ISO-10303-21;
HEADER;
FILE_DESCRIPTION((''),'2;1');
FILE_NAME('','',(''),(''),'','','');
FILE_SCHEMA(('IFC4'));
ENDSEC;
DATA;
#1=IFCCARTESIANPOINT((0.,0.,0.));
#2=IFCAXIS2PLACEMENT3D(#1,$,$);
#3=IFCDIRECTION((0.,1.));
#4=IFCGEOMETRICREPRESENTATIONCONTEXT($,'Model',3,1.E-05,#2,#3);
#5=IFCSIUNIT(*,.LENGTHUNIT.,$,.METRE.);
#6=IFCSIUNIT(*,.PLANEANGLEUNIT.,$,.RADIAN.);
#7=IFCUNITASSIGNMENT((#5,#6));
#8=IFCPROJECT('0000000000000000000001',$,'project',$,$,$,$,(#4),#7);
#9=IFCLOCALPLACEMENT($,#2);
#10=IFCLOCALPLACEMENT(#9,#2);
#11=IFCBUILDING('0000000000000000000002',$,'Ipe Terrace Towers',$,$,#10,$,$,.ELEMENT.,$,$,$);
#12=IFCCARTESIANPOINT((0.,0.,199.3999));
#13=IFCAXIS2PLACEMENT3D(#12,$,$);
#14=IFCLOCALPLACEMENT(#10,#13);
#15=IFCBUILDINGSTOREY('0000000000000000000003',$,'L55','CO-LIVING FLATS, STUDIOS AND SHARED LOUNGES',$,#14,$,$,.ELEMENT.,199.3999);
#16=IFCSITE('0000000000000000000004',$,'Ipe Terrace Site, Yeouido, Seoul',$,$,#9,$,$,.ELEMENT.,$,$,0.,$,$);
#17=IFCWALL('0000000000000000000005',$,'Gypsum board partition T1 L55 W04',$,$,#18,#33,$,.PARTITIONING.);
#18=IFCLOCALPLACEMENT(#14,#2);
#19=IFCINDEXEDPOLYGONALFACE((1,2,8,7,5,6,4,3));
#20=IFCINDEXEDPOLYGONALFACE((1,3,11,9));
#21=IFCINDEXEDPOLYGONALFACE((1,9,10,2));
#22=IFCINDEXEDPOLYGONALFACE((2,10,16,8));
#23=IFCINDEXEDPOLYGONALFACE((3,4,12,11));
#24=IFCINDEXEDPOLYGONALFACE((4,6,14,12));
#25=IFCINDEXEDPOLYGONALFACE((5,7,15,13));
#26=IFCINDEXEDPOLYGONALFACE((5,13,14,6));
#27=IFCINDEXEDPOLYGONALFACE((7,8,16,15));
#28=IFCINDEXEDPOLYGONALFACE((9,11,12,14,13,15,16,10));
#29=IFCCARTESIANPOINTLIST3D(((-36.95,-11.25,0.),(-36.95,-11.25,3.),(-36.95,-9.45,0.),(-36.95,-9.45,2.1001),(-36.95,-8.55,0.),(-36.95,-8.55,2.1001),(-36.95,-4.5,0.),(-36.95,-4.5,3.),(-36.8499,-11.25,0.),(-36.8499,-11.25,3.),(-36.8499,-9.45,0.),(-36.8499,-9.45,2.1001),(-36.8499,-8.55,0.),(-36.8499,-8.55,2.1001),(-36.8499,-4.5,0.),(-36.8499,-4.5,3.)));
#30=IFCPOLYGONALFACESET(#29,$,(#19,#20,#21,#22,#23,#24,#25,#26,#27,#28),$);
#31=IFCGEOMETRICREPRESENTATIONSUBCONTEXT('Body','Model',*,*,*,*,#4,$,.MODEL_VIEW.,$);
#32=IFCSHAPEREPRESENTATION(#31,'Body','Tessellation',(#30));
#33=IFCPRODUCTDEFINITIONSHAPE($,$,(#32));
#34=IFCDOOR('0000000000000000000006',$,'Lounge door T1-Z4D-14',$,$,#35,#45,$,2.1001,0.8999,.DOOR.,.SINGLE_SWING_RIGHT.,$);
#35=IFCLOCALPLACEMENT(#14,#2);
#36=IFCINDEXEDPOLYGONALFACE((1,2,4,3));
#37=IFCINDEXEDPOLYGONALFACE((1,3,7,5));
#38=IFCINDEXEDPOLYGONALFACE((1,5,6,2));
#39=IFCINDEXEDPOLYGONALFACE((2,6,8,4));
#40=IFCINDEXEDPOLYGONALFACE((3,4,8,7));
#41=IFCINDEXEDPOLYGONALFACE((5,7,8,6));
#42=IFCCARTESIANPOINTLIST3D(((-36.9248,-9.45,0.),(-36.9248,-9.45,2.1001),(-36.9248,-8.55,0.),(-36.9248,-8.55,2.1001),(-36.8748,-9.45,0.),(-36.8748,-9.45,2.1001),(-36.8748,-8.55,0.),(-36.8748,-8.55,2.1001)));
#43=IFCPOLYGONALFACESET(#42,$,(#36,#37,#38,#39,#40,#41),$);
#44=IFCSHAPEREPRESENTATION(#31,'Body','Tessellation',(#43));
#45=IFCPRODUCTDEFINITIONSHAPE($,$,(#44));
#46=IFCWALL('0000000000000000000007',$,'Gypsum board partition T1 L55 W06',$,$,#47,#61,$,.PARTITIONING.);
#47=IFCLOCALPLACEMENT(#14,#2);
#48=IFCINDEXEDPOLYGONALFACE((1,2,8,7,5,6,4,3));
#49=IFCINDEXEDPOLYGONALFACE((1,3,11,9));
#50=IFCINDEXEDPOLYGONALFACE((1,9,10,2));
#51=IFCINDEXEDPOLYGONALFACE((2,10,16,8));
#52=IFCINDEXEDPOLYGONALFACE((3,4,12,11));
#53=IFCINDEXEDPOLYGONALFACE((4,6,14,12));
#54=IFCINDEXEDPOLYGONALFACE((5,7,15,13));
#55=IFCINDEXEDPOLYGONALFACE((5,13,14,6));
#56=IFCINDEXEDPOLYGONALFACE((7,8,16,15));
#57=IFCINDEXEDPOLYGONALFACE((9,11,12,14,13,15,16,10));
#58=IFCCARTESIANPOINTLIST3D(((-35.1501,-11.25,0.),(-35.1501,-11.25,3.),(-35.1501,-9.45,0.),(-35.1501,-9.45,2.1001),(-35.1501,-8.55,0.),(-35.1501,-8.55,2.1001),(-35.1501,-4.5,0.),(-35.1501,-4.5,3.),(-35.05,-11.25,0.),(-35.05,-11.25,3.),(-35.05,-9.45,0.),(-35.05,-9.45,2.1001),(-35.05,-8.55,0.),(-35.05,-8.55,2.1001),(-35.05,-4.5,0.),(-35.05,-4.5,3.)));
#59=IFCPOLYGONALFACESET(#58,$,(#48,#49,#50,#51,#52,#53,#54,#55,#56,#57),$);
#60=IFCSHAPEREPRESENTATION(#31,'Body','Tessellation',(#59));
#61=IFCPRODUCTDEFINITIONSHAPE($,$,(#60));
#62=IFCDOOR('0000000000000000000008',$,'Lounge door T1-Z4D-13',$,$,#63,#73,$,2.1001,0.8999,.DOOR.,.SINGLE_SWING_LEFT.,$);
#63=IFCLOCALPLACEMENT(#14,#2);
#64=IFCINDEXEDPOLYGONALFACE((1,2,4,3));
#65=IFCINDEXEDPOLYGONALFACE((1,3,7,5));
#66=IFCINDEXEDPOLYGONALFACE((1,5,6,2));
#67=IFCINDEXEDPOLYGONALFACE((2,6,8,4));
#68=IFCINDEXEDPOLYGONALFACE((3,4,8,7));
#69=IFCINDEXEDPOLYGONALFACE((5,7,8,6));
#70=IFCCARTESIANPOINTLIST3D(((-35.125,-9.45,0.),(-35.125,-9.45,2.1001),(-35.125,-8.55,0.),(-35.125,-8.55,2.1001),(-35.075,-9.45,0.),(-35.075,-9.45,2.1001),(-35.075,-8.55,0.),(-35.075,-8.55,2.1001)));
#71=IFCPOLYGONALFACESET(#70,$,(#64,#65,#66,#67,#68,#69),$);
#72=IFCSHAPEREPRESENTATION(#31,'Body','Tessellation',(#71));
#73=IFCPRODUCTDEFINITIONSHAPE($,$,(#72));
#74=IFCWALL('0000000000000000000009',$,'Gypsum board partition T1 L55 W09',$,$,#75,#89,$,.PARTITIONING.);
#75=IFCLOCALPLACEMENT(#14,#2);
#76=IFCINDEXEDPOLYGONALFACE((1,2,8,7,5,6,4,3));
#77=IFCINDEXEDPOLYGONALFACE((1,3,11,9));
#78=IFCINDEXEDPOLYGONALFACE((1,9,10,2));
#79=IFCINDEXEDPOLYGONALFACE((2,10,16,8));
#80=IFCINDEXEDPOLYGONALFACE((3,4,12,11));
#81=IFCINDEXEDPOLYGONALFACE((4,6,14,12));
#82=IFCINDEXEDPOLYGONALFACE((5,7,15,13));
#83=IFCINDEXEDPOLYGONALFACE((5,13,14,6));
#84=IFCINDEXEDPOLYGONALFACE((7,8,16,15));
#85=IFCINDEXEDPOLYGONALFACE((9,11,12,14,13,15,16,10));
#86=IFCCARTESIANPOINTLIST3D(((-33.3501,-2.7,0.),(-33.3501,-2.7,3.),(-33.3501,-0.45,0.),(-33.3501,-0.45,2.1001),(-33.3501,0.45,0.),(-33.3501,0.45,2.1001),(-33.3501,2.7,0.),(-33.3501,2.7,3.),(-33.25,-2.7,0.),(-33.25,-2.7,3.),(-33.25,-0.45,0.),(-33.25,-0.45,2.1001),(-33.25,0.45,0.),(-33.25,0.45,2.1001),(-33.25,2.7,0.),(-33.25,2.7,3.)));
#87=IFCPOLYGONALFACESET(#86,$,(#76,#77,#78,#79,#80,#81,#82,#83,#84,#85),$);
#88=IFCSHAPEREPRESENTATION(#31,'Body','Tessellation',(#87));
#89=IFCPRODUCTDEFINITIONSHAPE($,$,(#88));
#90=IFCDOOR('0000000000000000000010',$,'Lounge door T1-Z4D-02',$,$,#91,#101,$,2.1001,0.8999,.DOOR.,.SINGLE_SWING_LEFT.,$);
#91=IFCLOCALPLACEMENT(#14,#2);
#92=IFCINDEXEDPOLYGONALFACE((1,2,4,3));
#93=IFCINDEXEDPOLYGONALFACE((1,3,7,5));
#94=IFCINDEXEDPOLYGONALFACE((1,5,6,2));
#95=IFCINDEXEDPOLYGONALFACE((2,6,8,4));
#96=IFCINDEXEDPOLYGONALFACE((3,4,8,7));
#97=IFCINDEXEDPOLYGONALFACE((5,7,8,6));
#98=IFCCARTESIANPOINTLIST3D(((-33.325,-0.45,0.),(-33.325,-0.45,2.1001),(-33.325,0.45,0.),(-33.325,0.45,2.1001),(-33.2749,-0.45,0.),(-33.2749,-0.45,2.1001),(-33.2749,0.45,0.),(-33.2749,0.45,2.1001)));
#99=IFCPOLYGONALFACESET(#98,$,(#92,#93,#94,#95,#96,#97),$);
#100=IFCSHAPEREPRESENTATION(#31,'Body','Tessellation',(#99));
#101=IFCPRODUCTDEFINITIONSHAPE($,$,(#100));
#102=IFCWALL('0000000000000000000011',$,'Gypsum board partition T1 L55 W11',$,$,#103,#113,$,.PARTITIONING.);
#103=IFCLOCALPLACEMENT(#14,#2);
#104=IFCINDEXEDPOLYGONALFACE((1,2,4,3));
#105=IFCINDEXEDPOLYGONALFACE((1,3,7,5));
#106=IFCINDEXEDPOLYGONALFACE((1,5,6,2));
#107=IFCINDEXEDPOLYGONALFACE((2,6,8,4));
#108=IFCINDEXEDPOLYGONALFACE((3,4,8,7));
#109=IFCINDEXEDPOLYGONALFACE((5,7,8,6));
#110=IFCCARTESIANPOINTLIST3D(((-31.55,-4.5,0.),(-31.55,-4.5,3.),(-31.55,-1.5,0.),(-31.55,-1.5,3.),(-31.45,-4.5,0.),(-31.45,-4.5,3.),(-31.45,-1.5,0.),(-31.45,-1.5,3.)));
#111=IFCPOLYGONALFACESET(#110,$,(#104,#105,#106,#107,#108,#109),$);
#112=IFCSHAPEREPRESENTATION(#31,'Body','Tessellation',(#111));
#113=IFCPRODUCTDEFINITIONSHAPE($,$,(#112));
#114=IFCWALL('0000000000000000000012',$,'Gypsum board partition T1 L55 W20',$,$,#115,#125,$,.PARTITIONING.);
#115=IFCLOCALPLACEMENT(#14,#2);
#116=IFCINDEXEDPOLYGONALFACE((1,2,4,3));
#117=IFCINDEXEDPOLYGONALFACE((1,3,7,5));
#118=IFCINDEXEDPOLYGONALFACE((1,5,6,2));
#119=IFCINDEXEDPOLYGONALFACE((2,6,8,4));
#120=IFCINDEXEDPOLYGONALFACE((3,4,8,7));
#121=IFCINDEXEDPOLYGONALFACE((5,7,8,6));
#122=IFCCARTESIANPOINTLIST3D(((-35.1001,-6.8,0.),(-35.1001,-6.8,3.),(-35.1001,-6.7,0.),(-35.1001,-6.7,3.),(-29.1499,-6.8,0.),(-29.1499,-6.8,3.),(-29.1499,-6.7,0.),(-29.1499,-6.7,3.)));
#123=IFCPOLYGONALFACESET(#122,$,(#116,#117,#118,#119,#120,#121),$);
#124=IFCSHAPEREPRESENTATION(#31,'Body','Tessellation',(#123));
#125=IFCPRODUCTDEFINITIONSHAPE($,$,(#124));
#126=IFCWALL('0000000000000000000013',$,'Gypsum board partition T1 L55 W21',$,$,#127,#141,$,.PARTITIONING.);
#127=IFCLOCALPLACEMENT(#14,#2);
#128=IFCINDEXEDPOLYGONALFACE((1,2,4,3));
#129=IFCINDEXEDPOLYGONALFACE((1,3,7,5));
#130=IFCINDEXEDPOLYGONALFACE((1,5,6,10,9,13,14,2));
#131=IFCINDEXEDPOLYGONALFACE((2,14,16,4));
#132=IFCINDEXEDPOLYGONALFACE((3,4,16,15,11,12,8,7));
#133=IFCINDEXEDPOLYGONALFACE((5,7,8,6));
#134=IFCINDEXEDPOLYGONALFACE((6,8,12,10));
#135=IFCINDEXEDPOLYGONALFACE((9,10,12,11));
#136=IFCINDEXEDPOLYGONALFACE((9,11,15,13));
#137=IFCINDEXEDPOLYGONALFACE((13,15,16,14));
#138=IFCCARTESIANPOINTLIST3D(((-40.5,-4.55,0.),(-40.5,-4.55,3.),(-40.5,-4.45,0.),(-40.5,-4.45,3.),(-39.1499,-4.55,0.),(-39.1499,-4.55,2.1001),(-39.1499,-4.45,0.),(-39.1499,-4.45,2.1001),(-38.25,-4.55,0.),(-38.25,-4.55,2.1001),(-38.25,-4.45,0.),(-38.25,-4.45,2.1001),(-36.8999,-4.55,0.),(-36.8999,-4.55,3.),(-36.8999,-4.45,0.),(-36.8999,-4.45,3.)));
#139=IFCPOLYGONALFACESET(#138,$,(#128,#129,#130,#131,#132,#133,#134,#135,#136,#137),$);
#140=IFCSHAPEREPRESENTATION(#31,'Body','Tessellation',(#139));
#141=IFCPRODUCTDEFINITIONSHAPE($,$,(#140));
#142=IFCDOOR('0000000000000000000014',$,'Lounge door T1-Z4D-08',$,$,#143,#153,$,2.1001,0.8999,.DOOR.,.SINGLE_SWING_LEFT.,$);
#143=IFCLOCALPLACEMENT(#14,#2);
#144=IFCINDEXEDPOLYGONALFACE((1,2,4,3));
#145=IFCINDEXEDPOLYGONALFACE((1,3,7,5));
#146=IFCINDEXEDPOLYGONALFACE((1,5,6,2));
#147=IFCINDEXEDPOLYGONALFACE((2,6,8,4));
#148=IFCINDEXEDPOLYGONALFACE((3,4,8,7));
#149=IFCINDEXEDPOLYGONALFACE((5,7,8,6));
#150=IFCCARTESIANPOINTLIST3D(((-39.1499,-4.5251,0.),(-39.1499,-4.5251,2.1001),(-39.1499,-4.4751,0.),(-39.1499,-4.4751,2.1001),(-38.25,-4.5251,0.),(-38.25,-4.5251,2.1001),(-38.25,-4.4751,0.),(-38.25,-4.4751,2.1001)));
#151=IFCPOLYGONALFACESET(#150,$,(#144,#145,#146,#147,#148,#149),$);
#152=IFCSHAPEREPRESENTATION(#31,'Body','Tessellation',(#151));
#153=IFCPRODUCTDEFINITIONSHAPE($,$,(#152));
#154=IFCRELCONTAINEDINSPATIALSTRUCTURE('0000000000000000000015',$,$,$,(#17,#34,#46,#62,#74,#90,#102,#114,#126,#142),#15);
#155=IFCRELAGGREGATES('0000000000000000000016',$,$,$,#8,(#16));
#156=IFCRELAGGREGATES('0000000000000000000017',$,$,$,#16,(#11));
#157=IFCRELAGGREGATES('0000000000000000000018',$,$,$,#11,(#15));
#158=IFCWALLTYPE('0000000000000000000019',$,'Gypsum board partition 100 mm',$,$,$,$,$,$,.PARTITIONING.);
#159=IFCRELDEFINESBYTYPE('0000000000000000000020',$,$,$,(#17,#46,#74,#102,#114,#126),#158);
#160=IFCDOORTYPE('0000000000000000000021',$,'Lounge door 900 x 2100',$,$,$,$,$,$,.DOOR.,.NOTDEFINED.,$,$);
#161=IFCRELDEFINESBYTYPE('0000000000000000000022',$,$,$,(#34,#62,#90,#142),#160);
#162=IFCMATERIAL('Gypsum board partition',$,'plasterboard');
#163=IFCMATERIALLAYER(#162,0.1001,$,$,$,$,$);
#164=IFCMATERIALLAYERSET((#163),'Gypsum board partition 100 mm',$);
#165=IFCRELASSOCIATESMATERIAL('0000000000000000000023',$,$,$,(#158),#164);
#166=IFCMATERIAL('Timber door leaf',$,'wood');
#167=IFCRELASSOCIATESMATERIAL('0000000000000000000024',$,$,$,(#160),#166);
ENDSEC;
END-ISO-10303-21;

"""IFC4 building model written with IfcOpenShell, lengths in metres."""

from ifc_helpers import new_model, si_unit, direction, frame, frame_2d, origin, place, context, subcontext, project, spatial, rectangle, extrude, material, layer, layer_set, type_object, element, fill, save


model = new_model("IFC4")

# Units and contexts
model_context = context("Model", 3, precision=1e-05, world=origin(), true_north=direction((0.0, 1.0)))
body_context = subcontext(model_context, "Body", "Model", "MODEL_VIEW")
ifc_project = project(units=[si_unit("LENGTHUNIT", "METRE"), si_unit("PLANEANGLEUNIT", "RADIAN")], contexts=[model_context])

# Site, building, storey
site_placement = place(None, origin())
site = spatial("IfcSite", under=ifc_project, at=site_placement, Name="Ipe Terrace Site, Yeouido, Seoul", CompositionType="ELEMENT", RefElevation=0.0)
building_placement = place(site_placement, origin())
building = spatial("IfcBuilding", under=site, at=building_placement, Name="Ipe Terrace Towers", CompositionType="ELEMENT")
storey_placement = place(building_placement, frame((0.0, 0.0, 199.3999)))
storey = spatial("IfcBuildingStorey", under=building, at=storey_placement, Name="L55", Description="CO-LIVING FLATS, STUDIOS AND SHARED LOUNGES", CompositionType="ELEMENT", Elevation=199.3999)

# Shared definitions
ifc_material_1 = material(Name="Gypsum board partition", Category="plasterboard")
ifc_layer_1 = layer(ifc_material_1, 0.1001)
ifc_layer_set_1 = layer_set([ifc_layer_1], Name="Gypsum board partition 100 mm")
wall_type_1 = type_object("IfcWallType", Name="Gypsum board partition 100 mm", PredefinedType="PARTITIONING", material=ifc_layer_set_1)

# Walls, openings, doors
wall_1_placement = place(storey_placement, frame((-36.8999, -11.25, 0.0), z_axis=(0.0, 0.0, 1.0), x_axis=(0.0, 1.0, 0.0)))
wall_1 = element("IfcWall", 1, at=wall_1_placement, inside=storey, type_object=wall_type_1, Name="Gypsum board partition T1 L55 W04", PredefinedType="PARTITIONING", context=body_context, shape_type="SweptSolid", body=[
    extrude(rectangle(XDim=6.75, YDim=0.1001, at=frame_2d((3.375, 0.0))), origin(), (0.0, 0.0, 1.0), 3.0),
])
opening_1_placement = place(wall_1_placement, frame((1.8, 0.0, 0.0)))
opening_1 = element("IfcOpeningElement", 2, at=opening_1_placement, cuts=wall_1, PredefinedType="OPENING", context=body_context, shape_type="SweptSolid", body=[
    extrude(rectangle(XDim=0.8999, YDim=2.1001, at=frame_2d((0.45, 1.05))), frame((0.0, 0.0601, 0.0), z_axis=(0.0, -1.0, 0.0), x_axis=(1.0, 0.0, 0.0)), (0.0, 0.0, 1.0), 0.1201),
])
ifc_material_2 = material(Name="Timber door leaf", Category="wood")
door_type = type_object("IfcDoorType", Name="Lounge door 900 x 2100", OperationType="NOTDEFINED", PredefinedType="DOOR", material=ifc_material_2)
door_1_placement = place(opening_1_placement, origin())
door_1 = element("IfcDoor", 3, at=door_1_placement, inside=storey, type_object=door_type, Name="Lounge door T1-Z4D-14", OperationType="SINGLE_SWING_RIGHT", OverallHeight=2.1001, OverallWidth=0.8999, PredefinedType="DOOR", context=body_context, shape_type="SweptSolid", body=[
    extrude(rectangle(XDim=0.8999, YDim=2.1001, at=frame_2d((0.45, 1.05))), frame((0.0, 0.0249, 0.0), z_axis=(0.0, -1.0, 0.0), x_axis=(1.0, 0.0, 0.0)), (0.0, 0.0, 1.0), 0.05),
])
fill(opening_1, door_1)
wall_2_placement = place(storey_placement, frame((-35.1001, -11.25, 0.0), z_axis=(0.0, 0.0, 1.0), x_axis=(0.0, 1.0, 0.0)))
wall_2 = element("IfcWall", 4, at=wall_2_placement, inside=storey, type_object=wall_type_1, Name="Gypsum board partition T1 L55 W06", PredefinedType="PARTITIONING", context=body_context, shape_type="SweptSolid", body=[
    extrude(rectangle(XDim=6.75, YDim=0.1001, at=frame_2d((3.375, 0.0))), origin(), (0.0, 0.0, 1.0), 3.0),
])
opening_2_placement = place(wall_2_placement, frame((1.8, 0.0, 0.0)))
opening_2 = element("IfcOpeningElement", 5, at=opening_2_placement, cuts=wall_2, PredefinedType="OPENING", context=body_context, shape_type="SweptSolid", body=[
    extrude(rectangle(XDim=0.8999, YDim=2.1001, at=frame_2d((0.45, 1.05))), frame((0.0, 0.0601, 0.0), z_axis=(0.0, -1.0, 0.0), x_axis=(1.0, 0.0, 0.0)), (0.0, 0.0, 1.0), 0.1201),
])
door_2_placement = place(opening_2_placement, origin())
door_2 = element("IfcDoor", 6, at=door_2_placement, inside=storey, type_object=door_type, Name="Lounge door T1-Z4D-13", OperationType="SINGLE_SWING_LEFT", OverallHeight=2.1001, OverallWidth=0.8999, PredefinedType="DOOR", context=body_context, shape_type="SweptSolid", body=[
    extrude(rectangle(XDim=0.8999, YDim=2.1001, at=frame_2d((0.45, 1.05))), frame((0.0, 0.0249, 0.0), z_axis=(0.0, -1.0, 0.0), x_axis=(1.0, 0.0, 0.0)), (0.0, 0.0, 1.0), 0.05),
])
fill(opening_2, door_2)
wall_3_placement = place(storey_placement, frame((-33.3, -2.7, 0.0), z_axis=(0.0, 0.0, 1.0), x_axis=(0.0, 1.0, 0.0)))
wall_3 = element("IfcWall", 7, at=wall_3_placement, inside=storey, type_object=wall_type_1, Name="Gypsum board partition T1 L55 W09", PredefinedType="PARTITIONING", context=body_context, shape_type="SweptSolid", body=[
    extrude(rectangle(XDim=5.3999, YDim=0.1001, at=frame_2d((2.7, 0.0))), origin(), (0.0, 0.0, 1.0), 3.0),
])
opening_3_placement = place(wall_3_placement, frame((2.25, 0.0, 0.0)))
opening_3 = element("IfcOpeningElement", 8, at=opening_3_placement, cuts=wall_3, PredefinedType="OPENING", context=body_context, shape_type="SweptSolid", body=[
    extrude(rectangle(XDim=0.8999, YDim=2.1001, at=frame_2d((0.45, 1.05))), frame((0.0, 0.0601, 0.0), z_axis=(0.0, -1.0, 0.0), x_axis=(1.0, 0.0, 0.0)), (0.0, 0.0, 1.0), 0.1201),
])
door_3_placement = place(opening_3_placement, origin())
door_3 = element("IfcDoor", 9, at=door_3_placement, inside=storey, type_object=door_type, Name="Lounge door T1-Z4D-02", OperationType="SINGLE_SWING_LEFT", OverallHeight=2.1001, OverallWidth=0.8999, PredefinedType="DOOR", context=body_context, shape_type="SweptSolid", body=[
    extrude(rectangle(XDim=0.8999, YDim=2.1001, at=frame_2d((0.45, 1.05))), frame((0.0, 0.0249, 0.0), z_axis=(0.0, -1.0, 0.0), x_axis=(1.0, 0.0, 0.0)), (0.0, 0.0, 1.0), 0.05),
])
fill(opening_3, door_3)

# Walls
wall_4_placement = place(storey_placement, frame((-31.5, -4.5, 0.0), z_axis=(0.0, 0.0, 1.0), x_axis=(0.0, 1.0, 0.0)))
element("IfcWall", 10, at=wall_4_placement, inside=storey, type_object=wall_type_1, Name="Gypsum board partition T1 L55 W11", PredefinedType="PARTITIONING", context=body_context, shape_type="SweptSolid", body=[
    extrude(rectangle(XDim=3.0, YDim=0.1001, at=frame_2d((1.5, 0.0))), origin(), (0.0, 0.0, 1.0), 3.0),
])
wall_5_placement = place(storey_placement, frame((-35.1001, -6.75, 0.0), z_axis=(0.0, 0.0, 1.0), x_axis=(1.0, 0.0, 0.0)))
element("IfcWall", 11, at=wall_5_placement, inside=storey, type_object=wall_type_1, Name="Gypsum board partition T1 L55 W20", PredefinedType="PARTITIONING", context=body_context, shape_type="SweptSolid", body=[
    extrude(rectangle(XDim=5.9502, YDim=0.1001, at=frame_2d((2.9751, 0.0))), origin(), (0.0, 0.0, 1.0), 3.0),
])

# Wall, opening, door
wall_6_placement = place(storey_placement, frame((-40.5, -4.5, 0.0), z_axis=(0.0, 0.0, 1.0), x_axis=(1.0, 0.0, 0.0)))
wall_6 = element("IfcWall", 12, at=wall_6_placement, inside=storey, type_object=wall_type_1, Name="Gypsum board partition T1 L55 W21", PredefinedType="PARTITIONING", context=body_context, shape_type="SweptSolid", body=[
    extrude(rectangle(XDim=3.6001, YDim=0.1001, at=frame_2d((1.8, 0.0))), origin(), (0.0, 0.0, 1.0), 3.0),
])
opening_4_placement = place(wall_6_placement, frame((1.3501, 0.0, 0.0)))
opening_4 = element("IfcOpeningElement", 13, at=opening_4_placement, cuts=wall_6, PredefinedType="OPENING", context=body_context, shape_type="SweptSolid", body=[
    extrude(rectangle(XDim=0.8999, YDim=2.1001, at=frame_2d((0.45, 1.05))), frame((0.0, 0.0601, 0.0), z_axis=(0.0, -1.0, 0.0), x_axis=(1.0, 0.0, 0.0)), (0.0, 0.0, 1.0), 0.1201),
])
door_4_placement = place(opening_4_placement, origin())
door_4 = element("IfcDoor", 14, at=door_4_placement, inside=storey, type_object=door_type, Name="Lounge door T1-Z4D-08", OperationType="SINGLE_SWING_LEFT", OverallHeight=2.1001, OverallWidth=0.8999, PredefinedType="DOOR", context=body_context, shape_type="SweptSolid", body=[
    extrude(rectangle(XDim=0.8999, YDim=2.1001, at=frame_2d((0.45, 1.05))), frame((0.0, 0.0249, 0.0), z_axis=(0.0, -1.0, 0.0), x_axis=(1.0, 0.0, 0.0)), (0.0, 0.0, 1.0), 0.05),
])
fill(opening_4, door_4)

save(model, "model.ifc")
